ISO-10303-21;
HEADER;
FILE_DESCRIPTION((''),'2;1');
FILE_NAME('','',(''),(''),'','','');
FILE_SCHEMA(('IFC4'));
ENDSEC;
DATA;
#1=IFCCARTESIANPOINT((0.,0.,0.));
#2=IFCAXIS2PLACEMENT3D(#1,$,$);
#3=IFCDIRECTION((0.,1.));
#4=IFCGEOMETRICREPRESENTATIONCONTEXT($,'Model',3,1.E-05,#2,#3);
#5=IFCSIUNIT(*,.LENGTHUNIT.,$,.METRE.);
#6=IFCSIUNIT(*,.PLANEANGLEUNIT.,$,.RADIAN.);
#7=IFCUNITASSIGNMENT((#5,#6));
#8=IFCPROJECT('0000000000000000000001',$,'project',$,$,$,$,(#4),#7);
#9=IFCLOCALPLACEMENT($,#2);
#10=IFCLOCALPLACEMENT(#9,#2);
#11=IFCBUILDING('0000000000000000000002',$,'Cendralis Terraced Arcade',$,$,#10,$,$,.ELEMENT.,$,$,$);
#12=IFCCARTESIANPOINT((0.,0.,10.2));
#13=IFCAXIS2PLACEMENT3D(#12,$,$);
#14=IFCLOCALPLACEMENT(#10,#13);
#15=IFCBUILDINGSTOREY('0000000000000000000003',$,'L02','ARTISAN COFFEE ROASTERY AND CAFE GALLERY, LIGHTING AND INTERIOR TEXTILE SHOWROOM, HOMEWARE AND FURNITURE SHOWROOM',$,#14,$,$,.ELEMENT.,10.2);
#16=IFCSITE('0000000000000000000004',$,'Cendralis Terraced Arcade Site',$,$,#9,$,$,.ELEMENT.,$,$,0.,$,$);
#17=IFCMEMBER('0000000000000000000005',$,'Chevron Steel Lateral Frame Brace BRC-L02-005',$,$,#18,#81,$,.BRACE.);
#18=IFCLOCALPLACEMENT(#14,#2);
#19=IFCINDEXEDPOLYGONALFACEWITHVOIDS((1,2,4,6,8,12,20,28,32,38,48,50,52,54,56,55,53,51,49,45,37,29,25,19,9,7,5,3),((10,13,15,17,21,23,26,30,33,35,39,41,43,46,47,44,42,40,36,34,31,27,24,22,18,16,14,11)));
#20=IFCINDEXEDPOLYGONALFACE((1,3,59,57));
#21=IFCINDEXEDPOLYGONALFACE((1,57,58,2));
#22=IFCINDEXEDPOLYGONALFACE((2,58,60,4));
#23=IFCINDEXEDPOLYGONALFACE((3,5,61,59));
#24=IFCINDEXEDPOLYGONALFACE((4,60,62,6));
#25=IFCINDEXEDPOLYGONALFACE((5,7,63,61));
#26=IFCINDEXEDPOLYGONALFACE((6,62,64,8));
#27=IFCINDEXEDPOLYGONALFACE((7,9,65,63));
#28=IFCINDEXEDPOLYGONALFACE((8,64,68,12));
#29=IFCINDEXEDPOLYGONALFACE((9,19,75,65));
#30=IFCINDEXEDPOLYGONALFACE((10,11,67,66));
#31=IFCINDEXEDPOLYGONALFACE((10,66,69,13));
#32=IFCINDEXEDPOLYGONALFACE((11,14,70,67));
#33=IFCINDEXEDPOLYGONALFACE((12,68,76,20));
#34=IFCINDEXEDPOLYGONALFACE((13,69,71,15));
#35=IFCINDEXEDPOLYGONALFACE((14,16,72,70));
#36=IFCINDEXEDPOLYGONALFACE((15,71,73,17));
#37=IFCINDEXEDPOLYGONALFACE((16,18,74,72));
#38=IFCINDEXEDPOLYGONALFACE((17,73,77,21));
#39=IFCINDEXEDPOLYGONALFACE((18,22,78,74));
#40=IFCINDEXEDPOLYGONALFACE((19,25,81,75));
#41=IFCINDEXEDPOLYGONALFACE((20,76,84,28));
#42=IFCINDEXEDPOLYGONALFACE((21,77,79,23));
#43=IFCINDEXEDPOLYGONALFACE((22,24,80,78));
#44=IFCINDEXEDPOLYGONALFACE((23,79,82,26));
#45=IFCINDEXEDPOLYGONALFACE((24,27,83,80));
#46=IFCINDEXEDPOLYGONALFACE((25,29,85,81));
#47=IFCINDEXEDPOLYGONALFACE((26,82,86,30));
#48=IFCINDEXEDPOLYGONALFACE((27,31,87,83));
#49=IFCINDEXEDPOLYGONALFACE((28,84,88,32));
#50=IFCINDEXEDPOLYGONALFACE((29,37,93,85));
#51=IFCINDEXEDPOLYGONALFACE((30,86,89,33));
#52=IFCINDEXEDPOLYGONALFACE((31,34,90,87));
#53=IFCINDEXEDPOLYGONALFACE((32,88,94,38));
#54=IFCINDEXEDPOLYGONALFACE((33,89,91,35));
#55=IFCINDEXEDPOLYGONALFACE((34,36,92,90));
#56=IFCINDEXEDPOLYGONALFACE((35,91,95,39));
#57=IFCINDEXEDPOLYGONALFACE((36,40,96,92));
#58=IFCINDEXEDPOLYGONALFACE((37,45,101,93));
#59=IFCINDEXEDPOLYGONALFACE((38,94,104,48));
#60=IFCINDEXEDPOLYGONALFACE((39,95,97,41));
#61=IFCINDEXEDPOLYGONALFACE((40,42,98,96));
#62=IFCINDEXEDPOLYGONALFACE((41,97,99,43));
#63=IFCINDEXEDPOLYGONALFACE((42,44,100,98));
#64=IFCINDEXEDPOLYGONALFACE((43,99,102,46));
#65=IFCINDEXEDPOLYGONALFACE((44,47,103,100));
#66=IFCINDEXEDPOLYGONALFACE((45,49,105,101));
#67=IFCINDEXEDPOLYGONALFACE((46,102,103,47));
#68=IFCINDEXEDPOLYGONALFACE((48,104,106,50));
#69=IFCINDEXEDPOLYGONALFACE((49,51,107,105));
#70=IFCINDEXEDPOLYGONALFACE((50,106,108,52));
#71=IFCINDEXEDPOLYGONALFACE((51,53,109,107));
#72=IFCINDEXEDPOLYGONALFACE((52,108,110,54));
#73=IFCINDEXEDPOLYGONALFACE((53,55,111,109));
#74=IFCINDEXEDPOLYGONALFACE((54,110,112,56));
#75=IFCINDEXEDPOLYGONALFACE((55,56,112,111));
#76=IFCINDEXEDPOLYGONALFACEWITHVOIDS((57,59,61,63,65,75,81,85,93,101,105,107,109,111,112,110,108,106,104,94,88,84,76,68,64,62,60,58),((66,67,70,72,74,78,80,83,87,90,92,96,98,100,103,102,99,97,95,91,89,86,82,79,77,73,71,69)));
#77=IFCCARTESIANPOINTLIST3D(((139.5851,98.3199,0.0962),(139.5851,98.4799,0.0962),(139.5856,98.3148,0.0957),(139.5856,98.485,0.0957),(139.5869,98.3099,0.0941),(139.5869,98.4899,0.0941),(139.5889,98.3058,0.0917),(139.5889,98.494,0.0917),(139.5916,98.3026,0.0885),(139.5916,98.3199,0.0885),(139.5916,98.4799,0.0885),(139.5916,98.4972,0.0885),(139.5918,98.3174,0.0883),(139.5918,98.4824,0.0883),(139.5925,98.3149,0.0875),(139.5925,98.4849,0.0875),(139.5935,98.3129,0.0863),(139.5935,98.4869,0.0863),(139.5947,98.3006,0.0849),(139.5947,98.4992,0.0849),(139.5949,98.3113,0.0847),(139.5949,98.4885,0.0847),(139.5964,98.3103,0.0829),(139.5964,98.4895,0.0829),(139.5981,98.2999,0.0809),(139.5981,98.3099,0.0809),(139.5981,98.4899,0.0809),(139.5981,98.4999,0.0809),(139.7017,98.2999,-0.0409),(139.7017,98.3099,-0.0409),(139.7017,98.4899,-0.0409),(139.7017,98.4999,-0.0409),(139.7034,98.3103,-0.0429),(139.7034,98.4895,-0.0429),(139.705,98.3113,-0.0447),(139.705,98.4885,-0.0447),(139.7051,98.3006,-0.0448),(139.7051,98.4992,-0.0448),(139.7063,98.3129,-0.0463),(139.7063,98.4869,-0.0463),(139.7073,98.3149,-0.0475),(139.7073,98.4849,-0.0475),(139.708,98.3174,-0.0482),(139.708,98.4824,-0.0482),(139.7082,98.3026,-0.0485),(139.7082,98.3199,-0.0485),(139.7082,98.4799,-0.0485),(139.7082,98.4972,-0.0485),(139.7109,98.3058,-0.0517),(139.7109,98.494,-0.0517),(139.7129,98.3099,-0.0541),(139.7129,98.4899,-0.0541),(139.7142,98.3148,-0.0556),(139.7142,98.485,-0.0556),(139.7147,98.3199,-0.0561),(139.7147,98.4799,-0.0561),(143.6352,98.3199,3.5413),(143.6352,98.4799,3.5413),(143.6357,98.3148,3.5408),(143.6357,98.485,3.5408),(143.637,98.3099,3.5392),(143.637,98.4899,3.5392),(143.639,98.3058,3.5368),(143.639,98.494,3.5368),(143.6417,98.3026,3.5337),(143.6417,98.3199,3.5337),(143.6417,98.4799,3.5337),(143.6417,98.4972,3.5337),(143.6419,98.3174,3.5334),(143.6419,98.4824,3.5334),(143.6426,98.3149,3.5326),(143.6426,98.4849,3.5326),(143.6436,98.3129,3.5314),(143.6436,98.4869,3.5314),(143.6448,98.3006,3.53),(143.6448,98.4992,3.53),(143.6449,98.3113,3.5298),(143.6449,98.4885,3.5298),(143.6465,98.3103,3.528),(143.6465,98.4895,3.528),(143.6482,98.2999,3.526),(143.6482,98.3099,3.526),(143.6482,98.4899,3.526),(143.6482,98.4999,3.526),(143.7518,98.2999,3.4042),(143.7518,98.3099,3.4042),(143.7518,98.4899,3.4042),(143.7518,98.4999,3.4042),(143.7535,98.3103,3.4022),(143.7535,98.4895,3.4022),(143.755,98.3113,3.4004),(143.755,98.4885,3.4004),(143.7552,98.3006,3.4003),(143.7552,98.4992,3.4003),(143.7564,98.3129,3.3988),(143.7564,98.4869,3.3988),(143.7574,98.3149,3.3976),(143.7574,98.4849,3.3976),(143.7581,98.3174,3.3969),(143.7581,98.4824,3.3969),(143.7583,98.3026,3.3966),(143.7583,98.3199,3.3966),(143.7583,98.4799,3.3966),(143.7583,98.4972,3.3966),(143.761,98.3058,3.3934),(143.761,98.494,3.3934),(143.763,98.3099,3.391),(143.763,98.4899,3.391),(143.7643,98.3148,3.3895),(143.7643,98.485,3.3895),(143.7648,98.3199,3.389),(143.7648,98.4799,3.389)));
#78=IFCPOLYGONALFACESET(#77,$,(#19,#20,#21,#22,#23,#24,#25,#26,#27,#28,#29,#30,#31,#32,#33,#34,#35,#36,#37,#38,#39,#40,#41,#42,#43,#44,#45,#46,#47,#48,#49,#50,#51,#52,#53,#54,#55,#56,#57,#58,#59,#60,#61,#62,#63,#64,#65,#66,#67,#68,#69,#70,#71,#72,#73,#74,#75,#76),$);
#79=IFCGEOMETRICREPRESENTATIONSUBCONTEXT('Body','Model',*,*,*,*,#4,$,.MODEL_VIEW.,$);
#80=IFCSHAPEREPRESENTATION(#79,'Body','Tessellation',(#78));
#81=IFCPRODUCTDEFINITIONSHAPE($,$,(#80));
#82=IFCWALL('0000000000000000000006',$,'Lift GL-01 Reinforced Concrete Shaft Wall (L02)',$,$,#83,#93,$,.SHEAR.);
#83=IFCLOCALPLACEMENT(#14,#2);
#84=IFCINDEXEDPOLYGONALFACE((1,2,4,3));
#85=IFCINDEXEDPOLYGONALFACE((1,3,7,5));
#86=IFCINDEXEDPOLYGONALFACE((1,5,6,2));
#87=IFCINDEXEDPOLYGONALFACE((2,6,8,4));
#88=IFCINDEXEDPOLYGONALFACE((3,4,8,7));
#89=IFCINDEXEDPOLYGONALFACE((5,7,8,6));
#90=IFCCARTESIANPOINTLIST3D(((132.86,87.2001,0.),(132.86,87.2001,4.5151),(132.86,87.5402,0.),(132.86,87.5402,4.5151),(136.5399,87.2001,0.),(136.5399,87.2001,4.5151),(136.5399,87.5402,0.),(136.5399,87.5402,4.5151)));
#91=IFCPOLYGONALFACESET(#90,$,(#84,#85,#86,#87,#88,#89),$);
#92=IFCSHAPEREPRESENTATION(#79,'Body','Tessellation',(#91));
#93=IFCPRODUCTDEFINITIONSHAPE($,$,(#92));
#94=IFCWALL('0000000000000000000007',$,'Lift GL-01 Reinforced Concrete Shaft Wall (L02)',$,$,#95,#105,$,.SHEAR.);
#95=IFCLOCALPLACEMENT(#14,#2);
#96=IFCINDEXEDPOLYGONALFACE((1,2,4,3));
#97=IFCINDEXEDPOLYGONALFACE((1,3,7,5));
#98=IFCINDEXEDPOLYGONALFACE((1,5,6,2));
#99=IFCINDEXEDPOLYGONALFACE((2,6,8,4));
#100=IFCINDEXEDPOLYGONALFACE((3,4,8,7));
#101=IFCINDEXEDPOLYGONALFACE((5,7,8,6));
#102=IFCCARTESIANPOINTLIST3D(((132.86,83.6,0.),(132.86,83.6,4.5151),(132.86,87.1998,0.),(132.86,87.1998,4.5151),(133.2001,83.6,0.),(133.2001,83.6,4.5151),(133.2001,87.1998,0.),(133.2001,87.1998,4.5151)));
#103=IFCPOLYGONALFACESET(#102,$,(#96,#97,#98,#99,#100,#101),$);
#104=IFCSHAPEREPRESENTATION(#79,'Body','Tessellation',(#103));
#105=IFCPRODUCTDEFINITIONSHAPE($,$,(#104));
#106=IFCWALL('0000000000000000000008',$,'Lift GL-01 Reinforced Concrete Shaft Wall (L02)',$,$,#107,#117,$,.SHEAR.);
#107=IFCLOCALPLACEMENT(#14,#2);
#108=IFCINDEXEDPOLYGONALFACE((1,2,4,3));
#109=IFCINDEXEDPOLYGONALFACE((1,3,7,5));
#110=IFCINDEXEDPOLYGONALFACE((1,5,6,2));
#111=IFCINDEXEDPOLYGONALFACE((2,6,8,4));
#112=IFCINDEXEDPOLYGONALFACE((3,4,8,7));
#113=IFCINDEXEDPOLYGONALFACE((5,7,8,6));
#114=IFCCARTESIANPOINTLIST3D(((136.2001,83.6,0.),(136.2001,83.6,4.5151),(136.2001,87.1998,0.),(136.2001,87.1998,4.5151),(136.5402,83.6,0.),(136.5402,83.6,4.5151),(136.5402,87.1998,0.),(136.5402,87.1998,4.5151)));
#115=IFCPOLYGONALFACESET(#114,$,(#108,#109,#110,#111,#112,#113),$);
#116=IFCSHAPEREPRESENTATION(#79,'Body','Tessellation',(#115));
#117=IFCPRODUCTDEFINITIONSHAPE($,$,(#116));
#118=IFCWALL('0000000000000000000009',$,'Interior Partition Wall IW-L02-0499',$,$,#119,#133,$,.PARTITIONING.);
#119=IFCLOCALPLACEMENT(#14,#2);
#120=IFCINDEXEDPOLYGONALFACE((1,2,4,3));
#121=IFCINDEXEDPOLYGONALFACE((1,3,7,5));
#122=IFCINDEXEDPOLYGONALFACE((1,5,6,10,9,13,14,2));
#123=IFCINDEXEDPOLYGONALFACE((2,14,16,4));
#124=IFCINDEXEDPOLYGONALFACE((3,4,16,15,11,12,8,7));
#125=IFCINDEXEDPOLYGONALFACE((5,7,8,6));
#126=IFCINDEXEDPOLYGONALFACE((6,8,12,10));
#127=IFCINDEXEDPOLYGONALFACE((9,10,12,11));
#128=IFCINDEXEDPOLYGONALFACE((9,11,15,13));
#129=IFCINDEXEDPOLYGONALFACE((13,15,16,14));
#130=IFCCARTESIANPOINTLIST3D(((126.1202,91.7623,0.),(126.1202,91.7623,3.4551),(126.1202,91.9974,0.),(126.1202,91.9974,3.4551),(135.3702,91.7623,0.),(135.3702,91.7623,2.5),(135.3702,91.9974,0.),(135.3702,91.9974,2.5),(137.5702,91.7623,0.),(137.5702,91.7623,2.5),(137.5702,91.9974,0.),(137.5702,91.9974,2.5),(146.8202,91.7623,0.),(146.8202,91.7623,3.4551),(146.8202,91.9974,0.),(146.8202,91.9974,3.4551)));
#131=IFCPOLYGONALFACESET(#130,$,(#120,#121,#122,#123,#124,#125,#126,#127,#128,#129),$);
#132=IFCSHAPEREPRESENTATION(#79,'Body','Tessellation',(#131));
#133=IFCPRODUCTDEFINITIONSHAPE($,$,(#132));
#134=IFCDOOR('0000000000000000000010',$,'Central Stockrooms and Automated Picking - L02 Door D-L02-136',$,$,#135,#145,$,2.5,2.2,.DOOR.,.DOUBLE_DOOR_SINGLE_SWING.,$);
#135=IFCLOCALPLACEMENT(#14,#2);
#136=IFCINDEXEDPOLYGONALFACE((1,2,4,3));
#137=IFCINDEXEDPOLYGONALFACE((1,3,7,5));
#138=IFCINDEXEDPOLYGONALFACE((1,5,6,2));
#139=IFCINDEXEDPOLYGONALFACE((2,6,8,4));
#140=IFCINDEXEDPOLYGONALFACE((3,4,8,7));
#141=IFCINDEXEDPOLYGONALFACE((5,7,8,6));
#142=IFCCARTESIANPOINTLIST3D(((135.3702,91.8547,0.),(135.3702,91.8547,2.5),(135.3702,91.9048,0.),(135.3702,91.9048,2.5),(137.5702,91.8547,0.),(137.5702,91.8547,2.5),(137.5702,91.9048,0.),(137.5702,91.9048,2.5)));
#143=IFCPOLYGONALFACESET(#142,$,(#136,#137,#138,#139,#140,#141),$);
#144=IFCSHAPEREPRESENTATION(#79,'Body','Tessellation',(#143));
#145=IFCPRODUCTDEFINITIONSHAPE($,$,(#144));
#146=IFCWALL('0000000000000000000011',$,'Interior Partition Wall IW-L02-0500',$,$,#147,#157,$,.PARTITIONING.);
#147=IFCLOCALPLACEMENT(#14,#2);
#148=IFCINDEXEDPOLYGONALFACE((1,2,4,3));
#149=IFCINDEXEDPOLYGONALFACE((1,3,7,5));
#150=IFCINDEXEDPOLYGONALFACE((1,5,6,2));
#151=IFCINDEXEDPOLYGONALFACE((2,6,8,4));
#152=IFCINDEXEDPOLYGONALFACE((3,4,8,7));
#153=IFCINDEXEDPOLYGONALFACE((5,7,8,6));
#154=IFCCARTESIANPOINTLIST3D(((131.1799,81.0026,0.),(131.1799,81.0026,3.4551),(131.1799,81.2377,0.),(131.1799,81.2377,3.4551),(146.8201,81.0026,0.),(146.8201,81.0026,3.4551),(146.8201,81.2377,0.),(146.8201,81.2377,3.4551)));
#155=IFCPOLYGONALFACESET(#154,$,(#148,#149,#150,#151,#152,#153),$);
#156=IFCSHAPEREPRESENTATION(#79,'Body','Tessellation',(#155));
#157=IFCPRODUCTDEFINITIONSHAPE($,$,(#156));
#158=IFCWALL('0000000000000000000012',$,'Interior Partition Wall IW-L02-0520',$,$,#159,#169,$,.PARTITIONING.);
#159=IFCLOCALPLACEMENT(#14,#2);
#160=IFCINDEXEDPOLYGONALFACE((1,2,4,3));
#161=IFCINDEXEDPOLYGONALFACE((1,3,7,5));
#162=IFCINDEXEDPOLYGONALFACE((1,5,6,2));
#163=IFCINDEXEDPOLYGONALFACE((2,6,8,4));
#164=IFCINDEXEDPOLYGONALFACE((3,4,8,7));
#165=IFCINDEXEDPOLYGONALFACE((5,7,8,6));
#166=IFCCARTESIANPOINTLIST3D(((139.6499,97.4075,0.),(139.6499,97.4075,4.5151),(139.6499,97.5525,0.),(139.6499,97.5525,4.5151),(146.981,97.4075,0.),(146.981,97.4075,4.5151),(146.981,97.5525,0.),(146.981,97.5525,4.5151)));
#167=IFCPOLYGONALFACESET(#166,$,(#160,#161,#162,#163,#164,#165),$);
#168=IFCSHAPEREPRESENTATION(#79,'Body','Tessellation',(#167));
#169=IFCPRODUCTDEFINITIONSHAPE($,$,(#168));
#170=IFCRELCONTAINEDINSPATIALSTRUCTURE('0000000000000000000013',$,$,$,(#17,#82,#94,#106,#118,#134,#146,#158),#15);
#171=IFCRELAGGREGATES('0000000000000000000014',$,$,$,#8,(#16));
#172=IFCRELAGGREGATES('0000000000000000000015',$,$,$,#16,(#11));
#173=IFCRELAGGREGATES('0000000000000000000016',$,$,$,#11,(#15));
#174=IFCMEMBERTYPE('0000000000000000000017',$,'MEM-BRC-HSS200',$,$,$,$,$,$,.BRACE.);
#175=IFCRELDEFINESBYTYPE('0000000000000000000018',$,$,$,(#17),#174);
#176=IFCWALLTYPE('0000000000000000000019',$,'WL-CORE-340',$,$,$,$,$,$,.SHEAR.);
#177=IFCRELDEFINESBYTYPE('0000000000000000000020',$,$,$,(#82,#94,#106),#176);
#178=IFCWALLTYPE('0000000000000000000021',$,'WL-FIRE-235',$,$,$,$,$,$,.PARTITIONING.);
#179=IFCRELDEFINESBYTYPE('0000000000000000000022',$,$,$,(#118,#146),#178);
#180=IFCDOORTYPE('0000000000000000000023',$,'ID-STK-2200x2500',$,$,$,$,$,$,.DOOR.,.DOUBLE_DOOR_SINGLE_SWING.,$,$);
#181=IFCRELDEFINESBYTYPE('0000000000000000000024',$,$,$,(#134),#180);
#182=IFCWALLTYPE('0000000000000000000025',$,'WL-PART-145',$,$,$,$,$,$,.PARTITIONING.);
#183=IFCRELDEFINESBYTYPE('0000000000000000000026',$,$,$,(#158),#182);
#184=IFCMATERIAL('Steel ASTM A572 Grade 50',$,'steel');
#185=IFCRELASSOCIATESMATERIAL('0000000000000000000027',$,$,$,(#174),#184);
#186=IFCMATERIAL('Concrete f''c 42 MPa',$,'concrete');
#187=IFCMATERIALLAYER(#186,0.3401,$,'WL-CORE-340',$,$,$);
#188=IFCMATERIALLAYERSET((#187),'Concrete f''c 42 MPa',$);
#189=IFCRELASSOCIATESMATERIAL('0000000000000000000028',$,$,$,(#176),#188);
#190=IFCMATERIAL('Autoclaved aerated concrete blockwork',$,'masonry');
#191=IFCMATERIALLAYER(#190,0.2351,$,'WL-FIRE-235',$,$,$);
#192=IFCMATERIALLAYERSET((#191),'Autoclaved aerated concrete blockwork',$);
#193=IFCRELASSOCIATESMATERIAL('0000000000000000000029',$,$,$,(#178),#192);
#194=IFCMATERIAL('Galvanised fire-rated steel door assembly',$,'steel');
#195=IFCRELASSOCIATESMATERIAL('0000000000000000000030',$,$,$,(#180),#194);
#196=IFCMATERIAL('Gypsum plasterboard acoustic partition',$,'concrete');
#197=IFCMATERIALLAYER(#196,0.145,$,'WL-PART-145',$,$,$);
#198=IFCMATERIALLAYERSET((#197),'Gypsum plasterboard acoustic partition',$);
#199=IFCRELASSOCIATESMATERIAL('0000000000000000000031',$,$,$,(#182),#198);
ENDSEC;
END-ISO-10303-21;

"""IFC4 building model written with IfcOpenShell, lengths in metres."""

from ifc_helpers import new_model, si_unit, direction, frame, frame_2d, origin, origin_2d, place, context, subcontext, project, spatial, rectangle, hollow_rectangle, extrude, material, layer, layer_set, material_profile, profile_set, type_object, element, fill, save


model = new_model("IFC4")

# Units and contexts
model_context = context("Model", 3, precision=1e-05, world=origin(), true_north=direction((0.0, 1.0)))
body_context = subcontext(model_context, "Body", "Model", "MODEL_VIEW")
ifc_project = project(units=[si_unit("LENGTHUNIT", "METRE"), si_unit("PLANEANGLEUNIT", "RADIAN")], contexts=[model_context])

# Site, building, storey
site_placement = place(None, origin())
site = spatial("IfcSite", under=ifc_project, at=site_placement, Name="Cendralis Terraced Arcade Site", CompositionType="ELEMENT", RefElevation=0.0)
building_placement = place(site_placement, origin())
building = spatial("IfcBuilding", under=site, at=building_placement, Name="Cendralis Terraced Arcade", CompositionType="ELEMENT")
storey_placement = place(building_placement, frame((0.0, 0.0, 10.2)))
storey = spatial("IfcBuildingStorey", under=building, at=storey_placement, Name="L02", Description="ARTISAN COFFEE ROASTERY AND CAFE GALLERY, LIGHTING AND INTERIOR TEXTILE SHOWROOM, HOMEWARE AND FURNITURE SHOWROOM", CompositionType="ELEMENT", Elevation=10.2)

# Shared definitions
ifc_material_1 = material(Name="Concrete f'c 42 MPa", Category="concrete")

# Member
ifc_material_2 = material(Name="Steel ASTM A572 Grade 50", Category="steel")
ifc_material_profile_1 = material_profile(ifc_material_2, hollow_rectangle(XDim=0.2, YDim=0.2, WallThickness=0.01, InnerFilletRadius=0.01, OuterFilletRadius=0.02, at=origin_2d()), Name="HSS200X200X10", Category="LoadBearing")
ifc_profile_set_1 = profile_set([ifc_material_profile_1], Name="Steel ASTM A572 Grade 50")
member_type = type_object("IfcMemberType", Name="MEM-BRC-HSS200", PredefinedType="BRACE", material=ifc_profile_set_1)
member_placement = place(storey_placement, frame((139.6499, 98.3999, 0.02), z_axis=(0.761705, 0.0, 0.647924), x_axis=(0.0, 1.0, 0.0)))
element("IfcMember", 1, at=member_placement, inside=storey, type_object=member_type, Name="Chevron Steel Lateral Frame Brace BRC-L02-005", PredefinedType="BRACE", context=body_context, shape_type="SweptSolid", body=[
    extrude(hollow_rectangle(XDim=0.2, YDim=0.2, WallThickness=0.01, InnerFilletRadius=0.01, OuterFilletRadius=0.02, at=origin_2d()), origin(), (0.0, 0.0, 1.0), 5.3171),
])

# Shared definitions
ifc_layer_1 = layer(ifc_material_1, 0.3401, Name="WL-CORE-340")
ifc_layer_set_1 = layer_set([ifc_layer_1], Name="Concrete f'c 42 MPa")
wall_type_1 = type_object("IfcWallType", Name="WL-CORE-340", PredefinedType="SHEAR", material=ifc_layer_set_1)

# Walls
wall_1_placement = place(storey_placement, frame((132.8601, 87.3701, 0.0), z_axis=(0.0, 0.0, 1.0), x_axis=(1.0, 0.0, 0.0)))
element("IfcWall", 2, at=wall_1_placement, inside=storey, type_object=wall_type_1, Name="Lift GL-01 Reinforced Concrete Shaft Wall (L02)", PredefinedType="SHEAR", context=body_context, shape_type="SweptSolid", body=[
    extrude(rectangle(XDim=3.6799, YDim=0.3401, at=frame_2d((1.8398, 0.0))), origin(), (0.0, 0.0, 1.0), 4.5151),
])
for number, where, z_axis, x_axis, name in (
    (3, (133.03, 83.6001, 0.0), (0.0, 0.0, 1.0), (0.0, 1.0, 0.0), "Lift GL-01 Reinforced Concrete Shaft Wall (L02)"),
    (4, (136.3701, 83.6001, 0.0), (0.0, 0.0, 1.0), (0.0, 1.0, 0.0), "Lift GL-01 Reinforced Concrete Shaft Wall (L02)"),
):
    element("IfcWall", number, at=place(storey_placement, frame(where, z_axis=z_axis, x_axis=x_axis)), inside=storey, type_object=wall_type_1, Name=name, PredefinedType="SHEAR", context=body_context, shape_type="SweptSolid", body=[
        extrude(rectangle(XDim=3.5999, YDim=0.3401, at=frame_2d((1.7998, 0.0))), origin(), (0.0, 0.0, 1.0), 4.5151),
    ])

# Wall, opening, door
ifc_material_3 = material(Name="Autoclaved aerated concrete blockwork", Category="masonry")
ifc_layer_2 = layer(ifc_material_3, 0.2351, Name="WL-FIRE-235")
ifc_layer_set_2 = layer_set([ifc_layer_2], Name="Autoclaved aerated concrete blockwork")
wall_type_2 = type_object("IfcWallType", Name="WL-FIRE-235", PredefinedType="PARTITIONING", material=ifc_layer_set_2)
wall_2_placement = place(storey_placement, frame((126.1201, 91.8799, 0.0), z_axis=(0.0, 0.0, 1.0), x_axis=(1.0, 0.0, 0.0)))
wall_2 = element("IfcWall", 5, at=wall_2_placement, inside=storey, type_object=wall_type_2, Name="Interior Partition Wall IW-L02-0499", PredefinedType="PARTITIONING", context=body_context, shape_type="SweptSolid", body=[
    extrude(rectangle(XDim=20.7, YDim=0.2351, at=frame_2d((10.3501, 0.0))), origin(), (0.0, 0.0, 1.0), 3.4551),
])
opening_1_placement = place(wall_2_placement, frame((9.25, 0.0, 0.0)))
opening_1 = element("IfcOpeningElement", 6, at=opening_1_placement, cuts=wall_2, PredefinedType="OPENING", context=body_context, shape_type="SweptSolid", body=[
    extrude(rectangle(XDim=2.2, YDim=2.5, at=frame_2d((1.1001, 1.25))), frame((0.0, 0.1294, 0.0), z_axis=(0.0, -1.0, 0.0), x_axis=(1.0, 0.0, 0.0)), (0.0, 0.0, 1.0), 0.259),
])
ifc_material_4 = material(Name="Galvanised fire-rated steel door assembly", Category="steel")
door_type_1 = type_object("IfcDoorType", Name="ID-STK-2200x2500", OperationType="DOUBLE_DOOR_SINGLE_SWING", PredefinedType="DOOR", material=ifc_material_4)
door_1_placement = place(opening_1_placement, origin())
door_1 = element("IfcDoor", 7, at=door_1_placement, inside=storey, type_object=door_type_1, Name="Central Stockrooms and Automated Picking - L02 Door D-L02-136", OperationType="DOUBLE_DOOR_SINGLE_SWING", OverallHeight=2.5, OverallWidth=2.2, PredefinedType="DOOR", context=body_context, shape_type="SweptSolid", body=[
    extrude(rectangle(XDim=2.2, YDim=2.5, at=frame_2d((1.1001, 1.25))), frame((0.0, 0.0249, 0.0), z_axis=(0.0, -1.0, 0.0), x_axis=(1.0, 0.0, 0.0)), (0.0, 0.0, 1.0), 0.05),
])
fill(opening_1, door_1)

# Walls
wall_3_placement = place(storey_placement, frame((131.1799, 81.1201, 0.0), z_axis=(0.0, 0.0, 1.0), x_axis=(1.0, 0.0, 0.0)))
element("IfcWall", 8, at=wall_3_placement, inside=storey, type_object=wall_type_2, Name="Interior Partition Wall IW-L02-0500", PredefinedType="PARTITIONING", context=body_context, shape_type="SweptSolid", body=[
    extrude(rectangle(XDim=15.6401, YDim=0.2351, at=frame_2d((7.8201, 0.0))), origin(), (0.0, 0.0, 1.0), 3.4551),
])
ifc_material_5 = material(Name="Gypsum plasterboard acoustic partition", Category="concrete")
ifc_layer_3 = layer(ifc_material_5, 0.145, Name="WL-PART-145")
ifc_layer_set_3 = layer_set([ifc_layer_3], Name="Gypsum plasterboard acoustic partition")
wall_type_3 = type_object("IfcWallType", Name="WL-PART-145", PredefinedType="PARTITIONING", material=ifc_layer_set_3)
wall_4_placement = place(storey_placement, frame((139.6499, 97.48, 0.0), z_axis=(0.0, 0.0, 1.0), x_axis=(1.0, 0.0, 0.0)))
element("IfcWall", 9, at=wall_4_placement, inside=storey, type_object=wall_type_3, Name="Interior Partition Wall IW-L02-0520", PredefinedType="PARTITIONING", context=body_context, shape_type="SweptSolid", body=[
    extrude(rectangle(XDim=7.3311, YDim=0.145, at=frame_2d((3.6655, 0.0))), origin(), (0.0, 0.0, 1.0), 4.5151),
])

save(model, "model.ifc")
